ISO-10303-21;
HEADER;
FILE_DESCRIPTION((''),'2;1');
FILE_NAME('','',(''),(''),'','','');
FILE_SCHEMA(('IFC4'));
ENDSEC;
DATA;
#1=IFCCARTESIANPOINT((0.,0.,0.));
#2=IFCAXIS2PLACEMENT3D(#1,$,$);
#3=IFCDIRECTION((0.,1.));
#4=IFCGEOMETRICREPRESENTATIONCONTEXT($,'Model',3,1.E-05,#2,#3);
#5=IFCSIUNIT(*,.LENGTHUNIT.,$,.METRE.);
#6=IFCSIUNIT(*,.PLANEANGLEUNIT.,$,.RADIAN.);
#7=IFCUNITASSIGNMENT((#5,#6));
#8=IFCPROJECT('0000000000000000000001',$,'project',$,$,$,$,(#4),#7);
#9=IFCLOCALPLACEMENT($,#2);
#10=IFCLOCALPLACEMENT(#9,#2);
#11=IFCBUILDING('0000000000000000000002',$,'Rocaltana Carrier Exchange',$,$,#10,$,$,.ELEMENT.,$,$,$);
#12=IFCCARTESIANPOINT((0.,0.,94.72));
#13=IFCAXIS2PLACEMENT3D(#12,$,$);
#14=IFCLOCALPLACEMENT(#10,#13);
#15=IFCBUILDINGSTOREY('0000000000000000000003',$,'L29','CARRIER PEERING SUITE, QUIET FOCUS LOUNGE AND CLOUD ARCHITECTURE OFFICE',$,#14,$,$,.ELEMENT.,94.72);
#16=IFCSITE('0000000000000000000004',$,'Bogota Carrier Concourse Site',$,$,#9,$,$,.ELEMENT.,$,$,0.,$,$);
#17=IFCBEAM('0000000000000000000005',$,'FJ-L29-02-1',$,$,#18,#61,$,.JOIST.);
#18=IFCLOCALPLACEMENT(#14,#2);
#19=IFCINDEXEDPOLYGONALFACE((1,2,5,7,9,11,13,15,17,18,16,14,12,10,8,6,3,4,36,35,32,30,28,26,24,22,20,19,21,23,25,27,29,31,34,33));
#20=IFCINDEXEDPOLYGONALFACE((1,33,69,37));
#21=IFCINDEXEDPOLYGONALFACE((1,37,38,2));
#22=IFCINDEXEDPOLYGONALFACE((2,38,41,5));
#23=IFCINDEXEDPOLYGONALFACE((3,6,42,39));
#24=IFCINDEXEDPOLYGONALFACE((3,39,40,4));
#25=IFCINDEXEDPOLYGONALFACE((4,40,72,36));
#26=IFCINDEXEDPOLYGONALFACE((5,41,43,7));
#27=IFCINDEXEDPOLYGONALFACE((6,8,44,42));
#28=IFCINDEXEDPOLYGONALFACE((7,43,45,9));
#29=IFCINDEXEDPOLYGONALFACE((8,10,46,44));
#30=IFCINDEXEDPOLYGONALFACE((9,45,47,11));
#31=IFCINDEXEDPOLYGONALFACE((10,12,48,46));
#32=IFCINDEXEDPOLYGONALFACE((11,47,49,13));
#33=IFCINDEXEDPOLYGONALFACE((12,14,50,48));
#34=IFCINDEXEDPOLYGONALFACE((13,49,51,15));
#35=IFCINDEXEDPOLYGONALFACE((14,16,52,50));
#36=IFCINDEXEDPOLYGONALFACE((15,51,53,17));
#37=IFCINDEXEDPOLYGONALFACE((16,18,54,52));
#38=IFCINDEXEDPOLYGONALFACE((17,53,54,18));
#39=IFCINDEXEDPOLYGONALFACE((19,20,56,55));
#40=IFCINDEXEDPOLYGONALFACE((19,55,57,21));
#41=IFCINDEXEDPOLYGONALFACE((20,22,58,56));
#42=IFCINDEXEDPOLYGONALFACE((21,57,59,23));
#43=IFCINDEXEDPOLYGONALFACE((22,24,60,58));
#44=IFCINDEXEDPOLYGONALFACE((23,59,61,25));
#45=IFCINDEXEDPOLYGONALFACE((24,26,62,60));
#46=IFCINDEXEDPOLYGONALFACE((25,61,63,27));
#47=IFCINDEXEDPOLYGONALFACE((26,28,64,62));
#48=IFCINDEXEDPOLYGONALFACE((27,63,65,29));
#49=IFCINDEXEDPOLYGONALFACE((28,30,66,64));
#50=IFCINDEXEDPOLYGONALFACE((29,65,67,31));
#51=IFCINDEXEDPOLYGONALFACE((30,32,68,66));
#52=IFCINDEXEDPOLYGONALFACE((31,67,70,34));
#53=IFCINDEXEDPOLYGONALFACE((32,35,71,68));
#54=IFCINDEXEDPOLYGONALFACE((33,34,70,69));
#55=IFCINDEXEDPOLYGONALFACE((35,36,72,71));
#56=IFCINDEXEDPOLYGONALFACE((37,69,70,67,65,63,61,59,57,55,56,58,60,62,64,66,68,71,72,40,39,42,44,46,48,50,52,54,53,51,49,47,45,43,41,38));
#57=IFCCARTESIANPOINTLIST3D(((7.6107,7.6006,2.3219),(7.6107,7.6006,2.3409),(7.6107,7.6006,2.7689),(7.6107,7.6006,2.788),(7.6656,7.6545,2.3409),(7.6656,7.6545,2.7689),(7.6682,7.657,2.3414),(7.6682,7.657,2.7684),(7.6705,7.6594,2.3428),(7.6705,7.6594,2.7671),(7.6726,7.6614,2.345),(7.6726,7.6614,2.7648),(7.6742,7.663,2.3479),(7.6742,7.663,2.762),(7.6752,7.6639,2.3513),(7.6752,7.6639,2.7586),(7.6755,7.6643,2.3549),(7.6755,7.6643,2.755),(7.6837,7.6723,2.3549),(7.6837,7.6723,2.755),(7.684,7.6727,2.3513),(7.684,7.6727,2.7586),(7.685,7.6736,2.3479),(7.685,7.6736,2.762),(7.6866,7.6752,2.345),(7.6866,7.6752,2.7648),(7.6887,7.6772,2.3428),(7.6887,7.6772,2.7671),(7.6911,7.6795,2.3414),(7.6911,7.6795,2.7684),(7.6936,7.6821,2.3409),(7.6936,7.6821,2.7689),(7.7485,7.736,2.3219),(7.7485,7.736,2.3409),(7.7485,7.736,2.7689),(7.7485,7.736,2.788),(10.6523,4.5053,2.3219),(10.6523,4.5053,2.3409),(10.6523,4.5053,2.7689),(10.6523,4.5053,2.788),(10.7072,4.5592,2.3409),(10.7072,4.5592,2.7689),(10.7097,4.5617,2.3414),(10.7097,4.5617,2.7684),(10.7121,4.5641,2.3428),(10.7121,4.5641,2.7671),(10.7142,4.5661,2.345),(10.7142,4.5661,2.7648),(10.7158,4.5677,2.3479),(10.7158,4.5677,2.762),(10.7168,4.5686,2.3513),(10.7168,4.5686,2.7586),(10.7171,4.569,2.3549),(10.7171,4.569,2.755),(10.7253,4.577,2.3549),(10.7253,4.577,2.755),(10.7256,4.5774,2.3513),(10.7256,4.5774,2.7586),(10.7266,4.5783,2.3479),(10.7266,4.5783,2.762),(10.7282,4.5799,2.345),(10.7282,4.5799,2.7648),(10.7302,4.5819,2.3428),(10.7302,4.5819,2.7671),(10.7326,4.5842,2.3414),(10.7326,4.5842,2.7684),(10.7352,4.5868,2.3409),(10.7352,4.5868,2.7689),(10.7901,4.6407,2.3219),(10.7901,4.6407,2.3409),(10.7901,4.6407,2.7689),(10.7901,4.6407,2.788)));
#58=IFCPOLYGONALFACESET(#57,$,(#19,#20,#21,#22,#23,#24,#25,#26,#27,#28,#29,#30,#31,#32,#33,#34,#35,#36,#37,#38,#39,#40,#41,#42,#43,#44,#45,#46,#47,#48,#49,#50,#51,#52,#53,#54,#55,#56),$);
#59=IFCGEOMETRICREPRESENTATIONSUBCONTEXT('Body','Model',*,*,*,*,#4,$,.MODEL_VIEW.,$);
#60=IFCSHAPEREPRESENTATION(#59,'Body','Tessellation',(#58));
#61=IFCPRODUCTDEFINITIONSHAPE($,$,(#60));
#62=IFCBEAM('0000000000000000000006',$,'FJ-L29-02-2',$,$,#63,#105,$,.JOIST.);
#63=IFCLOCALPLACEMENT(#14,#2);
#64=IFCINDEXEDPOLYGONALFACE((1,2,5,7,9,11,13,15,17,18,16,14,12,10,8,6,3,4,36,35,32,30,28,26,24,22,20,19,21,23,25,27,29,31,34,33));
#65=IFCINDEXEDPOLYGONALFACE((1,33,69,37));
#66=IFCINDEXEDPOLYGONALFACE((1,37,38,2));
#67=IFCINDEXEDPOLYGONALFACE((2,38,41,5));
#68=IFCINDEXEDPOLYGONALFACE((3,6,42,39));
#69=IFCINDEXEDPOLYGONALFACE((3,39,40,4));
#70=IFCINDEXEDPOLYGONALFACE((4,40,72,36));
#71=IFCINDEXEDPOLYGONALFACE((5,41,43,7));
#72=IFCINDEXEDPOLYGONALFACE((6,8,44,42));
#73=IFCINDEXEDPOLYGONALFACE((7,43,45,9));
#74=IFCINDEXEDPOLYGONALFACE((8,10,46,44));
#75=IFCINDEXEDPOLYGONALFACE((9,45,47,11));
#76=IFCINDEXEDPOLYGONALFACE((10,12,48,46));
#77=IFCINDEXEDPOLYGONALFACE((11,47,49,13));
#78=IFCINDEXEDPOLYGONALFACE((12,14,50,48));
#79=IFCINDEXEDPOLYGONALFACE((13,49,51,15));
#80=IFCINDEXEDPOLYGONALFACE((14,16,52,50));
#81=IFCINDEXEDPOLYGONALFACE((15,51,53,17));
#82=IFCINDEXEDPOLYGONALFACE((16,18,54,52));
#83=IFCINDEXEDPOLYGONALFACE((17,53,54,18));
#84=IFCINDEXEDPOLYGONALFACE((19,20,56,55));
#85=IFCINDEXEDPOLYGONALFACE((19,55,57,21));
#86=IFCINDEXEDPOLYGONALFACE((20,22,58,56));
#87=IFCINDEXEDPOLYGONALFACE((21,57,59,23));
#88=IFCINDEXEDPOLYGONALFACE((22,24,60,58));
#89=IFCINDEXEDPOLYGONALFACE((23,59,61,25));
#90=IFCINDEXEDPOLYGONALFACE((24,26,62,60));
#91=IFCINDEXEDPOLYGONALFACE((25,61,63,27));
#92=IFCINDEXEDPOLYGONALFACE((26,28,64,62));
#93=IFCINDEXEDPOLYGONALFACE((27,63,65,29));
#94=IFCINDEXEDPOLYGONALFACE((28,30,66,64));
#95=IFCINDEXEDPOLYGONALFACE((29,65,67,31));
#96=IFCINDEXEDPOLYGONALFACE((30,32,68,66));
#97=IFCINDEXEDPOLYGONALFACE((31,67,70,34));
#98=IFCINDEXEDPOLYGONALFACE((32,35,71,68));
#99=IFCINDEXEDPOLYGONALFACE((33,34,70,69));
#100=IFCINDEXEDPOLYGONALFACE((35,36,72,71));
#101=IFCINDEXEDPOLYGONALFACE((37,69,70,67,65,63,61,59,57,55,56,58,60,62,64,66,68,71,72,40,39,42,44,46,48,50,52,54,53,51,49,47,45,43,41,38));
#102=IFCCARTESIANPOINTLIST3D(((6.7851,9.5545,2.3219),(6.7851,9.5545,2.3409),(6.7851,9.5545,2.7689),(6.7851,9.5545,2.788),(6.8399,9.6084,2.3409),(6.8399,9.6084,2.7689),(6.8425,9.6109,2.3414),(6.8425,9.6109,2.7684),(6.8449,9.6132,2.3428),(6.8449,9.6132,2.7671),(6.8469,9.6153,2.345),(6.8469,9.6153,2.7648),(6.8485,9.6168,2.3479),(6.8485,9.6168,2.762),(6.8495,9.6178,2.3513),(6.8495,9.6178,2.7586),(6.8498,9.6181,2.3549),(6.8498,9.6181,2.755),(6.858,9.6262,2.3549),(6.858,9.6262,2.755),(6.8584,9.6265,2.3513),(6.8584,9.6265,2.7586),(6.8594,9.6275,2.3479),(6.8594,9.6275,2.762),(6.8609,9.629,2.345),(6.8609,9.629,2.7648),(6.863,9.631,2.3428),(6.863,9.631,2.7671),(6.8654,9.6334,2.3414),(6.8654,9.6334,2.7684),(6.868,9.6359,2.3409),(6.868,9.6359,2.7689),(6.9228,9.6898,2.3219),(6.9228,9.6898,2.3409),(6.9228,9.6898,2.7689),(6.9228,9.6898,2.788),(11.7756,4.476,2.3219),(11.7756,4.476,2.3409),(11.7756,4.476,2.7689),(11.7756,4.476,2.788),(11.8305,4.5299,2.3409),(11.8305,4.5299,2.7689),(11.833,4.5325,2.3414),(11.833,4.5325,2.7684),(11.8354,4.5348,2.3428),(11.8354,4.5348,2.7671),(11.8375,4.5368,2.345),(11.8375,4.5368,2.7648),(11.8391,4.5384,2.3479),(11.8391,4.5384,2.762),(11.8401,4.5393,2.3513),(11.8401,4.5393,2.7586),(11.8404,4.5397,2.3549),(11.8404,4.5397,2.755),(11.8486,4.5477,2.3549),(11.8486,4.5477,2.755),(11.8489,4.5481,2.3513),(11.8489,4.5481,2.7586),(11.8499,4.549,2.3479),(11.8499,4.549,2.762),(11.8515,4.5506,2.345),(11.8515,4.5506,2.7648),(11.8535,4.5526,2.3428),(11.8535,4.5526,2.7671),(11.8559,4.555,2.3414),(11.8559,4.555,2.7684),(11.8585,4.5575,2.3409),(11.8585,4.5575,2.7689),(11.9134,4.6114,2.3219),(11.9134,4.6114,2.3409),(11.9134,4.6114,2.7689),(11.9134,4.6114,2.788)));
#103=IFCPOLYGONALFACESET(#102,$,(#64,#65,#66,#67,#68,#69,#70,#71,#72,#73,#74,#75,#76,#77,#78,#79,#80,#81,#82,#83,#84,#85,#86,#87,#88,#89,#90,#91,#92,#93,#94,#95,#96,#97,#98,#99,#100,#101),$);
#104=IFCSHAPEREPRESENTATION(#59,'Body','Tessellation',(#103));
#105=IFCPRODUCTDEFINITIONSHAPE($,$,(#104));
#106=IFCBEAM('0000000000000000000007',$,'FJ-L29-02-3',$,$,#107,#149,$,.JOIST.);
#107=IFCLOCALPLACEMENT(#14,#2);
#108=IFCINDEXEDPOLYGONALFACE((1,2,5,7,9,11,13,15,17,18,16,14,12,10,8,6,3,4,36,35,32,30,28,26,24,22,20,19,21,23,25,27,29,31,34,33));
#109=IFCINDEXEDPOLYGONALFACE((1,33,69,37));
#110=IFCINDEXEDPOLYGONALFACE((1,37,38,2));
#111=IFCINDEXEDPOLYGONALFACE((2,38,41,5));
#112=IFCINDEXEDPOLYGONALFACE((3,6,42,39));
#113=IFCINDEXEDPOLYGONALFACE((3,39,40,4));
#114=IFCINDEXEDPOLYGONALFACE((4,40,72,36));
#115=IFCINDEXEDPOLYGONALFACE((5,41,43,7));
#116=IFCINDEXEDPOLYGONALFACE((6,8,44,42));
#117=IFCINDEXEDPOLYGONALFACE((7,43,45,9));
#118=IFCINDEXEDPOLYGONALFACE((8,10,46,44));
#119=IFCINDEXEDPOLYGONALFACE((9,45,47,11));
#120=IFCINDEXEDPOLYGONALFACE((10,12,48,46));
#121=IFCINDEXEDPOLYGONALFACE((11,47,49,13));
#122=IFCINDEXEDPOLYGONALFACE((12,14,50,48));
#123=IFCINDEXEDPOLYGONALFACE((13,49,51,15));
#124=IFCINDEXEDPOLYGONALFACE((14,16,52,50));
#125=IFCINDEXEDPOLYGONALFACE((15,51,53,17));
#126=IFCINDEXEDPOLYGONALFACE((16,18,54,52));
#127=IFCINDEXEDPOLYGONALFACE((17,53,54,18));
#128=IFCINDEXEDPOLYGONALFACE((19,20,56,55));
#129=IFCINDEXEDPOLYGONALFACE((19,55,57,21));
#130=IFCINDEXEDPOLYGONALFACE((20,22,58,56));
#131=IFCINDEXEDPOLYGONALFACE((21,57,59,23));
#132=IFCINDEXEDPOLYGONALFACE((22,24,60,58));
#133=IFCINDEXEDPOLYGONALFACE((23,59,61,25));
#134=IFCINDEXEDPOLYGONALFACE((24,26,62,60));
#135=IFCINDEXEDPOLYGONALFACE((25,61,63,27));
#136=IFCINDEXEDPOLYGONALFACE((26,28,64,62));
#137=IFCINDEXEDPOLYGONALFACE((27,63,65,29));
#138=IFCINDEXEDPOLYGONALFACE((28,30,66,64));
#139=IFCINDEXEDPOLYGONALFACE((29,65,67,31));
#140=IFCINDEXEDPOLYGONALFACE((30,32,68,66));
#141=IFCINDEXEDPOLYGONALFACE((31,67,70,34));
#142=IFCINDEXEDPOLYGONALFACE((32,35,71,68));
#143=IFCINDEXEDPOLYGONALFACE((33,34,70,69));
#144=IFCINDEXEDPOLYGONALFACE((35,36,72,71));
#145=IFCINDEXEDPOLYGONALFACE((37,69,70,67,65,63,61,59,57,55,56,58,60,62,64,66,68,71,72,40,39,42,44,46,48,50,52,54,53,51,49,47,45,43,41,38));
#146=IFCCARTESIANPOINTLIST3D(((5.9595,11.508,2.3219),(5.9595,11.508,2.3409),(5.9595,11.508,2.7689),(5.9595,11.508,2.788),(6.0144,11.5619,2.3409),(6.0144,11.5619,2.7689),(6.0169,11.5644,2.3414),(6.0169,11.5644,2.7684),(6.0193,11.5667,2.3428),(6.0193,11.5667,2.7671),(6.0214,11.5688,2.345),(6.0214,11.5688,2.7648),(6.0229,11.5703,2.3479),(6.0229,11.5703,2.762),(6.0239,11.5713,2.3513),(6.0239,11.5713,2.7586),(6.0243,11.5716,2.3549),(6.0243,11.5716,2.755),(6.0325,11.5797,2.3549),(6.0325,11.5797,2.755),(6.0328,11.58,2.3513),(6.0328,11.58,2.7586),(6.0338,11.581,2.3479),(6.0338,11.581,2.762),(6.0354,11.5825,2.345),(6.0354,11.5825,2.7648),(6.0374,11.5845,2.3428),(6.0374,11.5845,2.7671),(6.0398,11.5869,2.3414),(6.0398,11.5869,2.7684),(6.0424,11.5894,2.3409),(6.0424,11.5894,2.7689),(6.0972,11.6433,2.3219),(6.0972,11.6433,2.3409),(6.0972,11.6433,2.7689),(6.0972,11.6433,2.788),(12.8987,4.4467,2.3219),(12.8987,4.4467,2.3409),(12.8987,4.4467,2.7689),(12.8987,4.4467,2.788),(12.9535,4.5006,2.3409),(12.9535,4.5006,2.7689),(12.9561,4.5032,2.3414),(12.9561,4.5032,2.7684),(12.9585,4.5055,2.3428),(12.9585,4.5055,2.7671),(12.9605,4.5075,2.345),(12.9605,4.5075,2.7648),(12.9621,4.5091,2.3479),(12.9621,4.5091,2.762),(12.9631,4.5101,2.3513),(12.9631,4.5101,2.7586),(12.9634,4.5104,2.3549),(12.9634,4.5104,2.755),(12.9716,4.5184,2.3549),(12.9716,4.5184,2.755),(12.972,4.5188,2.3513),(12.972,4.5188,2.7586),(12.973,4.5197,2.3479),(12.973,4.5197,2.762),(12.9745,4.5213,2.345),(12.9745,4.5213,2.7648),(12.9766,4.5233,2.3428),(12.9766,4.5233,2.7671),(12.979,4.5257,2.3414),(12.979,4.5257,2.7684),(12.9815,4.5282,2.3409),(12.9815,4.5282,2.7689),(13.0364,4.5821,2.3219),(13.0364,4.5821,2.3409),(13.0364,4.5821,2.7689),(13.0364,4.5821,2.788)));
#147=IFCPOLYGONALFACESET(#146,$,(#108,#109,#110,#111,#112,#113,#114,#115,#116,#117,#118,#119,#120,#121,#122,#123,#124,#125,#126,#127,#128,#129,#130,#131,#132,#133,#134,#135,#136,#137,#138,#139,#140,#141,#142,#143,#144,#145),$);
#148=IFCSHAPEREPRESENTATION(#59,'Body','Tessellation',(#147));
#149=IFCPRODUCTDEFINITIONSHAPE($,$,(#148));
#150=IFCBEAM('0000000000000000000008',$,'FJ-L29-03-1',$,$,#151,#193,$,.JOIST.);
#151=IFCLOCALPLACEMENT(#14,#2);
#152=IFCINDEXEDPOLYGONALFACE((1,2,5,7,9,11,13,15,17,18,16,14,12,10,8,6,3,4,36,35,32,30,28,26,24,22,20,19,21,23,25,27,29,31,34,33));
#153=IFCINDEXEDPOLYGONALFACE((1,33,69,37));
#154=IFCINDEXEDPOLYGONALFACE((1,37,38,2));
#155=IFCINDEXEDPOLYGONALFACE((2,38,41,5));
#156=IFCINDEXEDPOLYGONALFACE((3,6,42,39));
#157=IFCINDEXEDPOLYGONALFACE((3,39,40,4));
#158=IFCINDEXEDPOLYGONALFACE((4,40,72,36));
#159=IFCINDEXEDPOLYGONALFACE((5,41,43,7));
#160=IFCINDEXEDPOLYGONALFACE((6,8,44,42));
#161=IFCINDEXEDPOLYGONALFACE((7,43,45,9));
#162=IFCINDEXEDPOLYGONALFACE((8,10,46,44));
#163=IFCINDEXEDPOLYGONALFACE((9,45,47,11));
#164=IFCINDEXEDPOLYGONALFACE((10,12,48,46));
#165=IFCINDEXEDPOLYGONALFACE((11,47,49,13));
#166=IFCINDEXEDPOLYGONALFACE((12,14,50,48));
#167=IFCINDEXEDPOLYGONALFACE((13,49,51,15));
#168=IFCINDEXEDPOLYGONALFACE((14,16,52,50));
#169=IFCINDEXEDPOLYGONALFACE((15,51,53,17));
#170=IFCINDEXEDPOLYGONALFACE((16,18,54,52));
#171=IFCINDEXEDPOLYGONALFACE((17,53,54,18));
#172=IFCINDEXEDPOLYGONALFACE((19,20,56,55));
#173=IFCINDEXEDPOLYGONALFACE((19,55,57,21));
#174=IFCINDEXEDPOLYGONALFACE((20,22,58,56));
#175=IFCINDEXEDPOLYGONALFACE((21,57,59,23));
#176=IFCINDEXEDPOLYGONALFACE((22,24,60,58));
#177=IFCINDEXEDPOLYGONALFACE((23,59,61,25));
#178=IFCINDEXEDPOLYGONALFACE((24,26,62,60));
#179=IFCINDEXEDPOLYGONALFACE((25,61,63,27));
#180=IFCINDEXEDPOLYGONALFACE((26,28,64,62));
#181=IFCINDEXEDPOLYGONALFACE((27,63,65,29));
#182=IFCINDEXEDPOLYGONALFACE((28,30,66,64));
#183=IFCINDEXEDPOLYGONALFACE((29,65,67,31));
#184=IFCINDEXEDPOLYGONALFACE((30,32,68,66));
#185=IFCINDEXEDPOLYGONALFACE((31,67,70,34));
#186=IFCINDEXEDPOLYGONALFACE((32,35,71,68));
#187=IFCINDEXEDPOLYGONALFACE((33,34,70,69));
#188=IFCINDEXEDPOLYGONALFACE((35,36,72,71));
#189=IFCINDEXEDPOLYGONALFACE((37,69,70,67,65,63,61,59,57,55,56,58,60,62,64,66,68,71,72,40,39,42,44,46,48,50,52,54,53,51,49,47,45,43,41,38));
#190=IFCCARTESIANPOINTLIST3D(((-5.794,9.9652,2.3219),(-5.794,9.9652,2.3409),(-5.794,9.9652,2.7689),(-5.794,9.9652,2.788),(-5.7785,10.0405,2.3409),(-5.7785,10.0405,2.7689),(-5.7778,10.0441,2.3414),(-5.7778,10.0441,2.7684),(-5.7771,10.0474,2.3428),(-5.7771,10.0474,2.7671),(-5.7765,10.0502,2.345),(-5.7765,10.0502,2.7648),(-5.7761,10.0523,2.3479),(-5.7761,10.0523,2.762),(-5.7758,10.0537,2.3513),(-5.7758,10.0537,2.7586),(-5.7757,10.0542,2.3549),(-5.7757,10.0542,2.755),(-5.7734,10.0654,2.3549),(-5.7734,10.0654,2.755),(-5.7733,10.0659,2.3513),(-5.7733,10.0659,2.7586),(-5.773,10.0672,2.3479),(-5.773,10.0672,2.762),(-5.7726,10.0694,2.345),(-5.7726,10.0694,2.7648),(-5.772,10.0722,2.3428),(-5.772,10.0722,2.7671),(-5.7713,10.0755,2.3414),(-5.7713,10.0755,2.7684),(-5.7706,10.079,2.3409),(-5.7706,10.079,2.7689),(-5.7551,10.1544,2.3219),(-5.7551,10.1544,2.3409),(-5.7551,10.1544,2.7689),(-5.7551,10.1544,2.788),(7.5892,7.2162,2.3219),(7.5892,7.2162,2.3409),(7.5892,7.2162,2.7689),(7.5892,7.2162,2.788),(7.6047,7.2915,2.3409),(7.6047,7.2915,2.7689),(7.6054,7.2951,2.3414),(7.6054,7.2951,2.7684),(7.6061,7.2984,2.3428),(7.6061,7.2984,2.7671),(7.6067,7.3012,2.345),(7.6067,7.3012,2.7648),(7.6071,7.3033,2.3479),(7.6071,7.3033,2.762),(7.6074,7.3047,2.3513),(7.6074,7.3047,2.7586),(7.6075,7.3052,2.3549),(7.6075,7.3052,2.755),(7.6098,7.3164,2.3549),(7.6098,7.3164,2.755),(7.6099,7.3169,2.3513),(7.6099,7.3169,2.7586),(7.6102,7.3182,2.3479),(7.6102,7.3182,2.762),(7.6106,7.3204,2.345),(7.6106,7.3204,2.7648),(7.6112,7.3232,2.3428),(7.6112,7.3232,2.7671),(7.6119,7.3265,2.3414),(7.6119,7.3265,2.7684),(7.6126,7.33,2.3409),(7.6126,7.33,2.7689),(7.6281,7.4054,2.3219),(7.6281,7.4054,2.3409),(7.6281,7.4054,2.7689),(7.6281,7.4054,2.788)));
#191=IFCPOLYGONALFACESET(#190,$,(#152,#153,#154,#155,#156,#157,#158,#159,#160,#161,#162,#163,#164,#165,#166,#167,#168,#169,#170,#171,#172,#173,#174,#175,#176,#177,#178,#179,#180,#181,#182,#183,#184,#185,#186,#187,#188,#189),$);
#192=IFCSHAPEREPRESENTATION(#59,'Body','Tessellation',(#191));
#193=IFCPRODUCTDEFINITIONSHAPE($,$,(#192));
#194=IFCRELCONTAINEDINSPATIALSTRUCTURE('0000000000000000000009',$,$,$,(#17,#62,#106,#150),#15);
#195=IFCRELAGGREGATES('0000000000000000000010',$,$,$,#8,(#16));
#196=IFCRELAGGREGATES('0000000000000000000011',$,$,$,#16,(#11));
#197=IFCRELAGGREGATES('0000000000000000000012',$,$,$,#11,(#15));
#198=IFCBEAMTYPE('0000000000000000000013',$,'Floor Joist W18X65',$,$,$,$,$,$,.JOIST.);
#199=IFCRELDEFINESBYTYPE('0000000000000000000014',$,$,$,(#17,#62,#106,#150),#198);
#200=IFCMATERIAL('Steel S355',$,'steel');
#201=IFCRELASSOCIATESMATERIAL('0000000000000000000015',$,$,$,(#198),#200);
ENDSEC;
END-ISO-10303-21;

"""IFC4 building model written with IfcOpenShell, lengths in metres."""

from ifc_helpers import new_model, si_unit, direction, frame, origin, origin_2d, place, context, subcontext, project, spatial, i_section, extrude, material, material_profile, profile_set, type_object, element, save


model = new_model("IFC4")

# Units and contexts
model_context = context("Model", 3, precision=1e-05, world=origin(), true_north=direction((0.0, 1.0)))
body_context = subcontext(model_context, "Body", "Model", "MODEL_VIEW")
ifc_project = project(units=[si_unit("LENGTHUNIT", "METRE"), si_unit("PLANEANGLEUNIT", "RADIAN")], contexts=[model_context])

# Site, building, storey
site_placement = place(None, origin())
site = spatial("IfcSite", under=ifc_project, at=site_placement, Name="Bogota Carrier Concourse Site", CompositionType="ELEMENT", RefElevation=0.0)
building_placement = place(site_placement, origin())
building = spatial("IfcBuilding", under=site, at=building_placement, Name="Rocaltana Carrier Exchange", CompositionType="ELEMENT")
storey_placement = place(building_placement, frame((0.0, 0.0, 94.72)))
storey = spatial("IfcBuildingStorey", under=building, at=storey_placement, Name="L29", Description="CARRIER PEERING SUITE, QUIET FOCUS LOUNGE AND CLOUD ARCHITECTURE OFFICE", CompositionType="ELEMENT", Elevation=94.72)

# Beams
ifc_material_1 = material(Name="Steel S355", Category="steel")
ifc_material_profile_1 = material_profile(ifc_material_1, i_section(OverallWidth=0.1931, OverallDepth=0.4661, WebThickness=0.0115, FlangeThickness=0.019, FilletRadius=0.0139, at=origin_2d()), Name="W18X65")
ifc_profile_set_1 = profile_set([ifc_material_profile_1], Name="Steel S355")
beam_type_1 = type_object("IfcBeamType", Name="Floor Joist W18X65", PredefinedType="JOIST", material=ifc_profile_set_1)
beam_1_placement = place(storey_placement, frame((10.7212, 4.573, 2.5549), z_axis=(-0.700891, 0.713268, 0.0), x_axis=(-0.713268, -0.700891, 0.0)))
element("IfcBeam", 1, at=beam_1_placement, inside=storey, type_object=beam_type_1, Name="FJ-L29-02-1", PredefinedType="JOIST", context=body_context, shape_type="SweptSolid", body=[
    extrude(i_section(OverallWidth=0.1931, OverallDepth=0.4661, WebThickness=0.0115, FlangeThickness=0.019, FilletRadius=0.0139, at=origin_2d()), origin(), (0.0, 0.0, 1.0), 4.3396),
])
beam_2_placement = place(storey_placement, frame((11.8445, 4.5437, 2.5549), z_axis=(-0.700908, 0.713252, 0.0), x_axis=(-0.713252, -0.700908, 0.0)))
element("IfcBeam", 2, at=beam_2_placement, inside=storey, type_object=beam_type_1, Name="FJ-L29-02-2", PredefinedType="JOIST", context=body_context, shape_type="SweptSolid", body=[
    extrude(i_section(OverallWidth=0.1931, OverallDepth=0.4661, WebThickness=0.0115, FlangeThickness=0.019, FilletRadius=0.0139, at=origin_2d()), origin(), (0.0, 0.0, 1.0), 7.1201),
])
beam_3_placement = place(storey_placement, frame((12.9675, 4.5144, 2.5549), z_axis=(-0.700915, 0.713245, 0.0), x_axis=(-0.713245, -0.700915, 0.0)))
element("IfcBeam", 3, at=beam_3_placement, inside=storey, type_object=beam_type_1, Name="FJ-L29-02-3", PredefinedType="JOIST", context=body_context, shape_type="SweptSolid", body=[
    extrude(i_section(OverallWidth=0.1931, OverallDepth=0.4661, WebThickness=0.0115, FlangeThickness=0.019, FilletRadius=0.0139, at=origin_2d()), origin(), (0.0, 0.0, 1.0), 9.9001),
])
beam_4_placement = place(storey_placement, frame((7.6086, 7.3108, 2.5549), z_axis=(-0.979549, 0.201206, 0.0), x_axis=(-0.201206, -0.979549, 0.0)))
element("IfcBeam", 4, at=beam_4_placement, inside=storey, type_object=beam_type_1, Name="FJ-L29-03-1", PredefinedType="JOIST", context=body_context, shape_type="SweptSolid", body=[
    extrude(i_section(OverallWidth=0.1931, OverallDepth=0.4661, WebThickness=0.0115, FlangeThickness=0.019, FilletRadius=0.0139, at=origin_2d()), origin(), (0.0, 0.0, 1.0), 13.6626),
])

save(model, "model.ifc")
